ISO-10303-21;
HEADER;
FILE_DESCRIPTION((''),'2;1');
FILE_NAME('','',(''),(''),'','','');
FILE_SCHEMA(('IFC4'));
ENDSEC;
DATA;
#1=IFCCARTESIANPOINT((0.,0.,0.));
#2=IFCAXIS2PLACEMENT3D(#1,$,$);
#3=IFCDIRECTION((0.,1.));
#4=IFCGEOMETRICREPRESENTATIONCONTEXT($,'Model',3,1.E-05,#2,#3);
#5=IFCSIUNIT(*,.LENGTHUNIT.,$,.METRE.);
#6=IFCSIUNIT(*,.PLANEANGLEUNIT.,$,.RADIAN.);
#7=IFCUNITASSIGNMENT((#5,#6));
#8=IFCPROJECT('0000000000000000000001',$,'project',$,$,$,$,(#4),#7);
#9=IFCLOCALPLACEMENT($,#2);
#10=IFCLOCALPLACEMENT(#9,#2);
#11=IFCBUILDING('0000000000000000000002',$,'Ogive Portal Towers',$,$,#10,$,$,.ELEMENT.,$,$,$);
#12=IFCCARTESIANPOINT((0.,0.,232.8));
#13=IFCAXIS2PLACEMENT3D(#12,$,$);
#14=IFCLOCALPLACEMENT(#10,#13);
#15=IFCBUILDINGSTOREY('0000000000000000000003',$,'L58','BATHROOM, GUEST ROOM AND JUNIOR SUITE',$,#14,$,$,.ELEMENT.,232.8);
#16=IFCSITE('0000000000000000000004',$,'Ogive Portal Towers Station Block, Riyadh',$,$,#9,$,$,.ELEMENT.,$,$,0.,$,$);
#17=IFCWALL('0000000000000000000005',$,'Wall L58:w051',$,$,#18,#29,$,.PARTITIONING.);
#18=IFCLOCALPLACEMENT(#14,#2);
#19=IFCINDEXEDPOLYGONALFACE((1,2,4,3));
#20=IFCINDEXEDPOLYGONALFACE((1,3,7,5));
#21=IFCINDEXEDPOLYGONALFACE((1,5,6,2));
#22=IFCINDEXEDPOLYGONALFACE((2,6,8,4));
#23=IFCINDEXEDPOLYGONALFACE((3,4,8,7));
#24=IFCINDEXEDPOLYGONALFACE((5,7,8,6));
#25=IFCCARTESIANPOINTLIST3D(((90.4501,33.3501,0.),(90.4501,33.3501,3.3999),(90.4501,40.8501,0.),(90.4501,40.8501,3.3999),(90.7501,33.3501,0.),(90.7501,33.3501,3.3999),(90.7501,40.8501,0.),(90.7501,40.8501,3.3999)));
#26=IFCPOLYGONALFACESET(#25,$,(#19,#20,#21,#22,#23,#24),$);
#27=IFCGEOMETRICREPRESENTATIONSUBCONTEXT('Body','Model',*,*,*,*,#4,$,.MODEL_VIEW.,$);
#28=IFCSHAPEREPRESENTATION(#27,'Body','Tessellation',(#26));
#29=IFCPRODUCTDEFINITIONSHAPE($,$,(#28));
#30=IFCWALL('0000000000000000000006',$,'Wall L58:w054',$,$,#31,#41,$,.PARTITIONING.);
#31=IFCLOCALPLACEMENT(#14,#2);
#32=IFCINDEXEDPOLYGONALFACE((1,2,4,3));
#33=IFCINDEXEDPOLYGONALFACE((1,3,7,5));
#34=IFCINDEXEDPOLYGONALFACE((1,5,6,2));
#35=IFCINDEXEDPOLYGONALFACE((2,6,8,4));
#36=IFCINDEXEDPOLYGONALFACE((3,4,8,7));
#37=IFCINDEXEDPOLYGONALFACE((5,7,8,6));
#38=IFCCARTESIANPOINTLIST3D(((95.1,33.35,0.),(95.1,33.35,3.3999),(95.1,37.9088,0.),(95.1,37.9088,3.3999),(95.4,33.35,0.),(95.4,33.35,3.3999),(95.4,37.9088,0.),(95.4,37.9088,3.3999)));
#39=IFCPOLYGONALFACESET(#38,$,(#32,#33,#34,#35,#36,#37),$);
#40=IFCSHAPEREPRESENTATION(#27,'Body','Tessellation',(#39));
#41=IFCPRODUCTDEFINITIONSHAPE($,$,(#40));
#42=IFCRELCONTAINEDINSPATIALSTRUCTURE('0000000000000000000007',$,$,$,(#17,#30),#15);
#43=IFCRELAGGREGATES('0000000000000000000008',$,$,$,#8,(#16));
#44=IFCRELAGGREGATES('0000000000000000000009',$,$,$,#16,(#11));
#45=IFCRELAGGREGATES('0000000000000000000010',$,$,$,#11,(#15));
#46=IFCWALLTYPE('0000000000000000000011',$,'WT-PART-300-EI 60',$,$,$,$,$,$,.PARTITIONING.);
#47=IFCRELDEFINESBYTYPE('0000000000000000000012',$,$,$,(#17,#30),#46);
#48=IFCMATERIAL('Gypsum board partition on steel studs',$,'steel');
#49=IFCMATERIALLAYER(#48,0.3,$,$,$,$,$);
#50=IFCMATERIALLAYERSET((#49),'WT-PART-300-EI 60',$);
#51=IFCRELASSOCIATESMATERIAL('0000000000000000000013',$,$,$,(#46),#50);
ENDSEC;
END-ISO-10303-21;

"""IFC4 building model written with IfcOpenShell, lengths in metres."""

from ifc_helpers import new_model, si_unit, direction, frame, frame_2d, origin, place, context, subcontext, project, spatial, rectangle, extrude, material, layer, layer_set, type_object, element, save


model = new_model("IFC4")

# Units and contexts
model_context = context("Model", 3, precision=1e-05, world=origin(), true_north=direction((0.0, 1.0)))
body_context = subcontext(model_context, "Body", "Model", "MODEL_VIEW")
ifc_project = project(units=[si_unit("LENGTHUNIT", "METRE"), si_unit("PLANEANGLEUNIT", "RADIAN")], contexts=[model_context])

# Site, building, storey
site_placement = place(None, origin())
site = spatial("IfcSite", under=ifc_project, at=site_placement, Name="Ogive Portal Towers Station Block, Riyadh", CompositionType="ELEMENT", RefElevation=0.0)
building_placement = place(site_placement, origin())
building = spatial("IfcBuilding", under=site, at=building_placement, Name="Ogive Portal Towers", CompositionType="ELEMENT")
storey_placement = place(building_placement, frame((0.0, 0.0, 232.8)))
storey = spatial("IfcBuildingStorey", under=building, at=storey_placement, Name="L58", Description="BATHROOM, GUEST ROOM AND JUNIOR SUITE", CompositionType="ELEMENT", Elevation=232.8)

# Walls
ifc_material_1 = material(Name="Gypsum board partition on steel studs", Category="steel")
ifc_layer_1 = layer(ifc_material_1, 0.3)
ifc_layer_set_1 = layer_set([ifc_layer_1], Name="WT-PART-300-EI 60")
wall_type_1 = type_object("IfcWallType", Name="WT-PART-300-EI 60", PredefinedType="PARTITIONING", material=ifc_layer_set_1)
wall_1_placement = place(storey_placement, frame((90.6001, 33.3501, 0.0), z_axis=(0.0, 0.0, 1.0), x_axis=(0.0, 1.0, 0.0)))
element("IfcWall", 1, at=wall_1_placement, inside=storey, type_object=wall_type_1, Name="Wall L58:w051", PredefinedType="PARTITIONING", context=body_context, shape_type="SweptSolid", body=[
    extrude(rectangle(XDim=7.5, YDim=0.3, at=frame_2d((3.75, 0.0))), origin(), (0.0, 0.0, 1.0), 3.3999),
])
wall_2_placement = place(storey_placement, frame((95.25, 33.3501, 0.0), z_axis=(0.0, 0.0, 1.0), x_axis=(0.0, 1.0, 0.0)))
element("IfcWall", 2, at=wall_2_placement, inside=storey, type_object=wall_type_1, Name="Wall L58:w054", PredefinedType="PARTITIONING", context=body_context, shape_type="SweptSolid", body=[
    extrude(rectangle(XDim=4.5588, YDim=0.3, at=frame_2d((2.2793, 0.0))), origin(), (0.0, 0.0, 1.0), 3.3999),
])

save(model, "model.ifc")
